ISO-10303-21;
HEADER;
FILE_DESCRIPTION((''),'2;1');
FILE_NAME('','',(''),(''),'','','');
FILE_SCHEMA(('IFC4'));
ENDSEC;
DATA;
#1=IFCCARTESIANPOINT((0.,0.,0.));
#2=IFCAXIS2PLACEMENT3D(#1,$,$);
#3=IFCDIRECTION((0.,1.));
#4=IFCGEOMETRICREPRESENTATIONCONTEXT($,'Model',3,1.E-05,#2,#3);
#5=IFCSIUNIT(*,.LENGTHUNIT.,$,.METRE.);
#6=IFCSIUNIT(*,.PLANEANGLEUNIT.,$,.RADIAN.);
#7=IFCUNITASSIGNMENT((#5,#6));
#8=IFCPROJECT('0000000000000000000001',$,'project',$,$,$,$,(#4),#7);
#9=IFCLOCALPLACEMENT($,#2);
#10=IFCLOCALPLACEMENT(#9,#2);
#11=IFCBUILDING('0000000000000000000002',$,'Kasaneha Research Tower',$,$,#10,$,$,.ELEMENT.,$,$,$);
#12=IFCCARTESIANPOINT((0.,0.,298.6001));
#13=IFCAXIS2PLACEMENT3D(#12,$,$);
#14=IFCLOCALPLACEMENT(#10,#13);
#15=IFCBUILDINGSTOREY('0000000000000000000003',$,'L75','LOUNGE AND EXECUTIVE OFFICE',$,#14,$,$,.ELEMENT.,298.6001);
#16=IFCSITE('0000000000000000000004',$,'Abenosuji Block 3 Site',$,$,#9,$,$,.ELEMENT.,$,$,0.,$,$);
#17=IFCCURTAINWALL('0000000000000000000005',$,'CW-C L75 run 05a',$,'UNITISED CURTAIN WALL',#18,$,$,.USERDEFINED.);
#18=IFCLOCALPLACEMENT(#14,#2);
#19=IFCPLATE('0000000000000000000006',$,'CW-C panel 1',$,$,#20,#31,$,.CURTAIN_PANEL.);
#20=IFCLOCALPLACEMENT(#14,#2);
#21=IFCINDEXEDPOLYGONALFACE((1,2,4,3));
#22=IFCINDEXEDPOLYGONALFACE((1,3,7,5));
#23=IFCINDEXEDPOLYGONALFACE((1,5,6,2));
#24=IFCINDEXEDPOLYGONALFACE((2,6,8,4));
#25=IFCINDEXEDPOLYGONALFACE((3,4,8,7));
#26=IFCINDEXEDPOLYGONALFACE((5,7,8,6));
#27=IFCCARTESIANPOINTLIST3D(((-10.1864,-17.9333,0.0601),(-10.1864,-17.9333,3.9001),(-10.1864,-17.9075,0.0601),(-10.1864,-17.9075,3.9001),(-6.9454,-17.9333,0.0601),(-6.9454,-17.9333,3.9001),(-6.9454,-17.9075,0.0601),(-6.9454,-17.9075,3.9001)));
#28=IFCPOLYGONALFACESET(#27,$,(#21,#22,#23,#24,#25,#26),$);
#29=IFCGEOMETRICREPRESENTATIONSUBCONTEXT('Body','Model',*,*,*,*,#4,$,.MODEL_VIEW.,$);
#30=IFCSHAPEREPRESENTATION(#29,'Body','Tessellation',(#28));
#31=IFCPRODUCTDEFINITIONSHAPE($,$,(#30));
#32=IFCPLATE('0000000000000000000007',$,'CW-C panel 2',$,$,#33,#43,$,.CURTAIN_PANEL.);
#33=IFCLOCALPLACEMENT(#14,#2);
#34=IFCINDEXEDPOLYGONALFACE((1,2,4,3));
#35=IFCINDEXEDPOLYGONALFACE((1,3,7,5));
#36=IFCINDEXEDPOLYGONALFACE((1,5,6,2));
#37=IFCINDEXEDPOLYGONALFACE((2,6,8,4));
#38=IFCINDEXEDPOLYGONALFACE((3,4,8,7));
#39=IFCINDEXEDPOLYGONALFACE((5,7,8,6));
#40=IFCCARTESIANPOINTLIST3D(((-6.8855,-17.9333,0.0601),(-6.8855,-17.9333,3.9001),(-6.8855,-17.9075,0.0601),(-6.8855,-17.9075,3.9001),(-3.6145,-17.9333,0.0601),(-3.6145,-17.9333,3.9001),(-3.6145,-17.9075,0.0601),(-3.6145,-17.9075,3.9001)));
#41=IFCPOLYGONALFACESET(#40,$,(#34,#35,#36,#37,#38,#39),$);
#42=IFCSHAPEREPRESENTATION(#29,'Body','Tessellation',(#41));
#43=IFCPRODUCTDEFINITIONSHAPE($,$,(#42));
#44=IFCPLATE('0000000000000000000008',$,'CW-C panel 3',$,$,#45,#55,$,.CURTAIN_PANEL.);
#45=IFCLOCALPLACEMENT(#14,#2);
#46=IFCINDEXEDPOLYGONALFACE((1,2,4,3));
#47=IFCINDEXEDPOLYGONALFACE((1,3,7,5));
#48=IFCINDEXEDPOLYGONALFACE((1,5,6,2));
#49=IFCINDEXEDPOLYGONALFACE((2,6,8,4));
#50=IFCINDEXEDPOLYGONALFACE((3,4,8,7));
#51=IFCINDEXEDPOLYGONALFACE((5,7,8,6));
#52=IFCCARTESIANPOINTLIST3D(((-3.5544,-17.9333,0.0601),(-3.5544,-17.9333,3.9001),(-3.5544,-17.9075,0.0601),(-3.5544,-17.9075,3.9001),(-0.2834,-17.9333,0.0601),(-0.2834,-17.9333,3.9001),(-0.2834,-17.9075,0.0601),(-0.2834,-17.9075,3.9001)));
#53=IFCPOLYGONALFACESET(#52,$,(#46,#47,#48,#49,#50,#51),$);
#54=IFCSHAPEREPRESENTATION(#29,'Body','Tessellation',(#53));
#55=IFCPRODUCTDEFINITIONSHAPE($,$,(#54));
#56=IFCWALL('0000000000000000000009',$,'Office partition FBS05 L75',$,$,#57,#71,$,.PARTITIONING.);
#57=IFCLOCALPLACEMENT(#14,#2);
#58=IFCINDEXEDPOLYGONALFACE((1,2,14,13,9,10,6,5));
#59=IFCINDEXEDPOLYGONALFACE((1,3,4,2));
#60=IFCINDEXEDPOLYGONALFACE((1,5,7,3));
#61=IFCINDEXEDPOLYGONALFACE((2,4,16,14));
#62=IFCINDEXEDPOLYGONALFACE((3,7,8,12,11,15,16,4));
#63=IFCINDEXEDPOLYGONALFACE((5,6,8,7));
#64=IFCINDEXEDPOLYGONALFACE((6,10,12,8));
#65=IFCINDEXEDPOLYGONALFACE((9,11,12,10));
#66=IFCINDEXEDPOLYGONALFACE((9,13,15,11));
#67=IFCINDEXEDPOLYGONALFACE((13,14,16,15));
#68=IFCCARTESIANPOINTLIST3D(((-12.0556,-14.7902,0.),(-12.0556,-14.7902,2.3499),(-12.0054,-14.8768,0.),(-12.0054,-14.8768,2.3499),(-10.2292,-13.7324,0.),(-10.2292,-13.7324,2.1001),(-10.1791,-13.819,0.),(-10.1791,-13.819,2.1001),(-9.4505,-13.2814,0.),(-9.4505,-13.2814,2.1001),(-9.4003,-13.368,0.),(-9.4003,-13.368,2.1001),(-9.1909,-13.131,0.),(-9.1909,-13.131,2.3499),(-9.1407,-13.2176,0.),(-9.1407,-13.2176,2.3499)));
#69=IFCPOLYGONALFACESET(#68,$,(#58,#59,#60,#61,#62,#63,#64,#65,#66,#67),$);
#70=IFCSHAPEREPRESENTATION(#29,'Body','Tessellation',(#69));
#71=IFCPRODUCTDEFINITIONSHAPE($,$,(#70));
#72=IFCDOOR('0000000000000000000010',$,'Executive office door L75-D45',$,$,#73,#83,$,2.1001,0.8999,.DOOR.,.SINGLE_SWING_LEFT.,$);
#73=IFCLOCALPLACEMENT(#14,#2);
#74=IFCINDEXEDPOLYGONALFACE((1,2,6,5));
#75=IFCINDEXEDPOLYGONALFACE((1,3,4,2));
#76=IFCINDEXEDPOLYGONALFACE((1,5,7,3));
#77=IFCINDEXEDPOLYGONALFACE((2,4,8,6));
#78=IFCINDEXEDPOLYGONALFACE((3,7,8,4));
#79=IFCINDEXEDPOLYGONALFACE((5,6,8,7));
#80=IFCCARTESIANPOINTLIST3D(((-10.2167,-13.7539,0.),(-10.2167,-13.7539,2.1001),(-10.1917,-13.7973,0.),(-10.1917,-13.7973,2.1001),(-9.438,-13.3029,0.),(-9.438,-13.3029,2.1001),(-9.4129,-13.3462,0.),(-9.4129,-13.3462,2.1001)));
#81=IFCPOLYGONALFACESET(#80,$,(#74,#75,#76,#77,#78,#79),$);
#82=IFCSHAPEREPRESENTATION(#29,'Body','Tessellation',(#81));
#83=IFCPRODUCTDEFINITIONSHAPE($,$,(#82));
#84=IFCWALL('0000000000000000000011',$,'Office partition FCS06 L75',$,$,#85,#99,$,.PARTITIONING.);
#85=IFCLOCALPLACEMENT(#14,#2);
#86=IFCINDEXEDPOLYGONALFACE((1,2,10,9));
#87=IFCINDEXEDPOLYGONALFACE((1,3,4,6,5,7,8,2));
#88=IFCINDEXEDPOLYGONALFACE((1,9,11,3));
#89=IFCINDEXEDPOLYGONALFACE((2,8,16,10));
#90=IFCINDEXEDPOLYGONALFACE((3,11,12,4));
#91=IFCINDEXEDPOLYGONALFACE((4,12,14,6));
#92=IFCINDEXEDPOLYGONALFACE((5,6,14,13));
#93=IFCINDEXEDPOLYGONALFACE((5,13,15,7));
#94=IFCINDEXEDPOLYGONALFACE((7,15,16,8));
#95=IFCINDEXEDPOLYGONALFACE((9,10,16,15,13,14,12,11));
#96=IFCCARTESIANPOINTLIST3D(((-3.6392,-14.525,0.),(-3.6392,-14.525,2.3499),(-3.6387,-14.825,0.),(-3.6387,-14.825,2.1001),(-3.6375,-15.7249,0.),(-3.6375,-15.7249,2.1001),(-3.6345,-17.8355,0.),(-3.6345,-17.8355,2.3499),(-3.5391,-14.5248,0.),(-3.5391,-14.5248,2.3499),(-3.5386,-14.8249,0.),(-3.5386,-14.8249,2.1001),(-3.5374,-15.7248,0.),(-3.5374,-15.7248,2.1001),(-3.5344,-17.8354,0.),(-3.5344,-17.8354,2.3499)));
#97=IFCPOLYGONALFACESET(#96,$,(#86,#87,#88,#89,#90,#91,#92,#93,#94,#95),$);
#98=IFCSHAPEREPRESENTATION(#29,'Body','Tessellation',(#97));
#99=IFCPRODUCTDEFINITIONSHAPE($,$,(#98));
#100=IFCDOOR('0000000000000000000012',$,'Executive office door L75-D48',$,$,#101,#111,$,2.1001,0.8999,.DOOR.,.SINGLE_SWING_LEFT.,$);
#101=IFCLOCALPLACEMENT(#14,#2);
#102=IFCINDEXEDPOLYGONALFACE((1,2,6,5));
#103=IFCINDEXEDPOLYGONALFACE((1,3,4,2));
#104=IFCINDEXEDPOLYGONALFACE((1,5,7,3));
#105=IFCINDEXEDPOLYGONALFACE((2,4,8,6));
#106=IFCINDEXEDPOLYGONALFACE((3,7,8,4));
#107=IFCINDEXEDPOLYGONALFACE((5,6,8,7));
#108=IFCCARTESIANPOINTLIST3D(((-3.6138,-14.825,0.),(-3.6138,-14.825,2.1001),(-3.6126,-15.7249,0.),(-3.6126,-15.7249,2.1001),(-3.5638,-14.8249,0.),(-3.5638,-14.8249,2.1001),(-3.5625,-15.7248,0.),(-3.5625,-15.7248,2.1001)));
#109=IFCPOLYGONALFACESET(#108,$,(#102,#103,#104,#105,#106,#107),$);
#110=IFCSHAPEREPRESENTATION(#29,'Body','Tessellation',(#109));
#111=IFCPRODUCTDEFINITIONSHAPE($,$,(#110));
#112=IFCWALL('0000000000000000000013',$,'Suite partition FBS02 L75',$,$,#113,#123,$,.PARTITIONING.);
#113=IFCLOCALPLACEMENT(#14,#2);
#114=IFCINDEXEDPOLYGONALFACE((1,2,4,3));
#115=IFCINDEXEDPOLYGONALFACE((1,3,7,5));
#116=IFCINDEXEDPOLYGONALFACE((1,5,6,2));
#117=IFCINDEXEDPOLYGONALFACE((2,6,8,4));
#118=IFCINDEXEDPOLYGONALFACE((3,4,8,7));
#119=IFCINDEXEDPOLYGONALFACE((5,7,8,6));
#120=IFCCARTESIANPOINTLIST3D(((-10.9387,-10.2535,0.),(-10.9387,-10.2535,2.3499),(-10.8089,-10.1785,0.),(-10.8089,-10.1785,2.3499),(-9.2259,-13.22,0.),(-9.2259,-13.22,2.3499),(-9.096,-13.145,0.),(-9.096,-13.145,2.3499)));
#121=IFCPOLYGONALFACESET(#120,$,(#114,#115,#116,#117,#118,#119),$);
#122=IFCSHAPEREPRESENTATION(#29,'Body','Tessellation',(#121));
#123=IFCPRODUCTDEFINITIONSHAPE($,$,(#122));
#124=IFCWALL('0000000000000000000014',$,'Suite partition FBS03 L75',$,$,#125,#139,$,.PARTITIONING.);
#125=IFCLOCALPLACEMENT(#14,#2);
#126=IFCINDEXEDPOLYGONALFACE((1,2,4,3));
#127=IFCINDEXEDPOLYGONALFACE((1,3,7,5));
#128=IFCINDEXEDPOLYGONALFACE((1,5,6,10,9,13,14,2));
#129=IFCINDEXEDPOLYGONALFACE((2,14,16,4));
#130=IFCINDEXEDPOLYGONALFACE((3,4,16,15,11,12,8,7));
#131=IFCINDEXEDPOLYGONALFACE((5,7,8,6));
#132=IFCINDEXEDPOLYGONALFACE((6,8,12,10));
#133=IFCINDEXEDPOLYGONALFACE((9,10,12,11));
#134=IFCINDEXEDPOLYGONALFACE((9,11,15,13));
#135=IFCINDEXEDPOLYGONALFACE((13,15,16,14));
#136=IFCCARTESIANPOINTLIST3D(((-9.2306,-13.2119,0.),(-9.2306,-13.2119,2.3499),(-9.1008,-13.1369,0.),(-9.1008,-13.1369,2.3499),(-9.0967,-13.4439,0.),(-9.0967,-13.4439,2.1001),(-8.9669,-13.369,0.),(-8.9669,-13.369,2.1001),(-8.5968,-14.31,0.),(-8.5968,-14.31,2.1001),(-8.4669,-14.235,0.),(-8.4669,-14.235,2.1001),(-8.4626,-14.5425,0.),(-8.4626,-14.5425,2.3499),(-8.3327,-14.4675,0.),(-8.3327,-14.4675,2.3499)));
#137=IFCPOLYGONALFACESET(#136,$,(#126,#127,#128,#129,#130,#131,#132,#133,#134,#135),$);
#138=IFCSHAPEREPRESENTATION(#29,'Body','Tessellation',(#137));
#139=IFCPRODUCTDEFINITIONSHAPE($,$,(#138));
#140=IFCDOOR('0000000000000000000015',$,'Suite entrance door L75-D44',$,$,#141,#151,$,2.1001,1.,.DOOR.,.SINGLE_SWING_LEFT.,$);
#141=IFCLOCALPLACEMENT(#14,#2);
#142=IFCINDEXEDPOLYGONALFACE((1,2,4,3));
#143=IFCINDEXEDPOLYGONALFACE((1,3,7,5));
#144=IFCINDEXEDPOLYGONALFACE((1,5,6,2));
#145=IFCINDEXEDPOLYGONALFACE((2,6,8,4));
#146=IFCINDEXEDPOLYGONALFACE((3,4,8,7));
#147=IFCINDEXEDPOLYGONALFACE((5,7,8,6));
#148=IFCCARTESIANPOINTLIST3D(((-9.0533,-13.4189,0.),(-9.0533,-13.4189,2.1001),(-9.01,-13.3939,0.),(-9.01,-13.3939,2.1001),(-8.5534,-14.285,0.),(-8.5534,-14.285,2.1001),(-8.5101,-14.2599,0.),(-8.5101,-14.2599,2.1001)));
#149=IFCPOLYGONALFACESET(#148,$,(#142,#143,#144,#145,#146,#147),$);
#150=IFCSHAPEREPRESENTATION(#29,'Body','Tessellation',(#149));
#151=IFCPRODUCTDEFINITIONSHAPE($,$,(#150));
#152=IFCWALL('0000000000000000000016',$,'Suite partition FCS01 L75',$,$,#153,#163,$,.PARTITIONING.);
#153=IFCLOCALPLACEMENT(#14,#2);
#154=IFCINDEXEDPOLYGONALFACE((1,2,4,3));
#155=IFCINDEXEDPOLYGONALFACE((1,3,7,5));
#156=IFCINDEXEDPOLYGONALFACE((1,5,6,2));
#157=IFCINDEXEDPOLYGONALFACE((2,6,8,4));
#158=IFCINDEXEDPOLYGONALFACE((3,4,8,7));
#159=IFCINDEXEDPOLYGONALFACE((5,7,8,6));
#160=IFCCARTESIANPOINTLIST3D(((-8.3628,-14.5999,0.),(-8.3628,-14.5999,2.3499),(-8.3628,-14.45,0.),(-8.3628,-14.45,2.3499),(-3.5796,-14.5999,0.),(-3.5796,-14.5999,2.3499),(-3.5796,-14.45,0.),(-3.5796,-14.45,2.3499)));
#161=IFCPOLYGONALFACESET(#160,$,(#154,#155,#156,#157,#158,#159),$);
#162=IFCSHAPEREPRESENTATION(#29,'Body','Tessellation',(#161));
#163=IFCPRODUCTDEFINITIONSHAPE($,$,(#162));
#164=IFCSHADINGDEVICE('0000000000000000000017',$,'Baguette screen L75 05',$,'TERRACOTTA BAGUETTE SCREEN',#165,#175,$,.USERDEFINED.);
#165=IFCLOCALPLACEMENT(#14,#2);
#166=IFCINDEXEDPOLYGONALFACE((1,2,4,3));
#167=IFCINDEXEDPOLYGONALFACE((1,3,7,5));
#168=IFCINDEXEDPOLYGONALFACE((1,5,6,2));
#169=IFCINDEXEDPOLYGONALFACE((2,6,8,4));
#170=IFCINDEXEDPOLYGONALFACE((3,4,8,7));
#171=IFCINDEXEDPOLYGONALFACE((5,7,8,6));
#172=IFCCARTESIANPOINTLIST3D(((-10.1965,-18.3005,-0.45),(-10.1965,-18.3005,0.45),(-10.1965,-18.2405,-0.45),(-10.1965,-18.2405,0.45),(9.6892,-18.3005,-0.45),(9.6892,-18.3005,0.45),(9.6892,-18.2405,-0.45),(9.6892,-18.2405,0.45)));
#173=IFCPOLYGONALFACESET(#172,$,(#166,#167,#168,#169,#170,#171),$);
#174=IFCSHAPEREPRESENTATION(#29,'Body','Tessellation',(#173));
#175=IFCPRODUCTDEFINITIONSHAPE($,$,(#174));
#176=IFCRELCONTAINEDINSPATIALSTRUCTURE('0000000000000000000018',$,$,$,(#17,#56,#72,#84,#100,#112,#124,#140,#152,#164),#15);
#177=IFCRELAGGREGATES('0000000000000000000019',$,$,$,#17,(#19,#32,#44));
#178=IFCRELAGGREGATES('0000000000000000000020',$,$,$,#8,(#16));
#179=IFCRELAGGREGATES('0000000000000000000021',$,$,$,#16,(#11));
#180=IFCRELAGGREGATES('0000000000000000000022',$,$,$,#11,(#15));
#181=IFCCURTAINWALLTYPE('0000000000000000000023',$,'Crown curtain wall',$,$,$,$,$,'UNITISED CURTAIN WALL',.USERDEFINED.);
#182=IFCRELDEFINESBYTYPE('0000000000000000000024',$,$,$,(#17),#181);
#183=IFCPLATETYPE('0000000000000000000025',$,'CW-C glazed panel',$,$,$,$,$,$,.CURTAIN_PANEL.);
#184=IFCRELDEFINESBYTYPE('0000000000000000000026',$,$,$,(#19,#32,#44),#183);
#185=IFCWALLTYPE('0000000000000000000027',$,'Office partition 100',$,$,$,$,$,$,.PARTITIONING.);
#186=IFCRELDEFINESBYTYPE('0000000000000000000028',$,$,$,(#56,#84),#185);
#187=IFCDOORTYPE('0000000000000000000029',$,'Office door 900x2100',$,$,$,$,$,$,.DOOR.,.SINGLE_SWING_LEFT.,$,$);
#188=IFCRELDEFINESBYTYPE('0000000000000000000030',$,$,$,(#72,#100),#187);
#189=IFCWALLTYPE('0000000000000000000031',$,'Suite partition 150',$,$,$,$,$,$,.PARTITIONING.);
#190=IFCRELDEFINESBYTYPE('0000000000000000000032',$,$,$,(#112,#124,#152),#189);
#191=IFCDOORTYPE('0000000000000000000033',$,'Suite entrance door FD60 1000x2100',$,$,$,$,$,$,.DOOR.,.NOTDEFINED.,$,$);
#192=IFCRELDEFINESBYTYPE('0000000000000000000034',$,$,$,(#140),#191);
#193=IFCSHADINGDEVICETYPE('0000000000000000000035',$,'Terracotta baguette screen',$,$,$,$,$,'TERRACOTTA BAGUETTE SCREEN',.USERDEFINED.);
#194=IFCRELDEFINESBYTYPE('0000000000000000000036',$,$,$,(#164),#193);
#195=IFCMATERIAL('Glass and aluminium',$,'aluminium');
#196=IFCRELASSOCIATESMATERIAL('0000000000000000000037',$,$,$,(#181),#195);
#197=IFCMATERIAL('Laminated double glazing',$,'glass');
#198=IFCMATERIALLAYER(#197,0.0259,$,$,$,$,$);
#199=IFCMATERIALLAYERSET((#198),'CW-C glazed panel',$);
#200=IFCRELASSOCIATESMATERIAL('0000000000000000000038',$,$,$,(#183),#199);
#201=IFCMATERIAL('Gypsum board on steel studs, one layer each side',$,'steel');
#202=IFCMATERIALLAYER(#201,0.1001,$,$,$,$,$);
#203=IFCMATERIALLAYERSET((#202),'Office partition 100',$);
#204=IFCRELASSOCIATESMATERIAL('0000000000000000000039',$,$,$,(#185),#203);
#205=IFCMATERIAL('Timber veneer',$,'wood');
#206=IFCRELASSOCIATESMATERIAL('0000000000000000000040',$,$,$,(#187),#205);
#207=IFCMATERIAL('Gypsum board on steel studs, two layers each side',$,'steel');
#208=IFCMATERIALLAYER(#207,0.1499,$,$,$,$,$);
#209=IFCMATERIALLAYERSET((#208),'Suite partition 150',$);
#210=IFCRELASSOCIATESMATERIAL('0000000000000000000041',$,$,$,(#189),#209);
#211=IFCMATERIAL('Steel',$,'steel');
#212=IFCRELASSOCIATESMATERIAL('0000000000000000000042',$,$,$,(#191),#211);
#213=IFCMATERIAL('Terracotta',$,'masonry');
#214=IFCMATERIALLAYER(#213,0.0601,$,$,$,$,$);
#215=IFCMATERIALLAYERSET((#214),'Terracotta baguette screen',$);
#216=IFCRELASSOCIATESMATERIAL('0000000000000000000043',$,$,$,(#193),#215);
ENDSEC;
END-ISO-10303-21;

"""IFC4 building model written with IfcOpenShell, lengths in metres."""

from ifc_helpers import new_model, si_unit, direction, frame, frame_2d, origin, origin_2d, place, context, subcontext, project, spatial, rectangle, extrude, material, layer, layer_set, type_object, element, fill, aggregate, save


model = new_model("IFC4")

# Units and contexts
model_context = context("Model", 3, precision=1e-05, world=origin(), true_north=direction((0.0, 1.0)))
body_context = subcontext(model_context, "Body", "Model", "MODEL_VIEW")
ifc_project = project(units=[si_unit("LENGTHUNIT", "METRE"), si_unit("PLANEANGLEUNIT", "RADIAN")], contexts=[model_context])

# Site, building, storey
site_placement = place(None, origin())
site = spatial("IfcSite", under=ifc_project, at=site_placement, Name="Abenosuji Block 3 Site", CompositionType="ELEMENT", RefElevation=0.0)
building_placement = place(site_placement, origin())
building = spatial("IfcBuilding", under=site, at=building_placement, Name="Kasaneha Research Tower", CompositionType="ELEMENT")
storey_placement = place(building_placement, frame((0.0, 0.0, 298.6001)))
storey = spatial("IfcBuildingStorey", under=building, at=storey_placement, Name="L75", Description="LOUNGE AND EXECUTIVE OFFICE", CompositionType="ELEMENT", Elevation=298.6001)

# Curtain wall
ifc_material_1 = material(Name="Glass and aluminium", Category="aluminium")
curtain_wall_type = type_object("IfcCurtainWallType", Name="Crown curtain wall", ElementType="UNITISED CURTAIN WALL", PredefinedType="USERDEFINED", material=ifc_material_1)
curtain_wall_placement = place(storey_placement, origin())
curtain_wall = element("IfcCurtainWall", 1, at=curtain_wall_placement, inside=storey, type_object=curtain_wall_type, Name="CW-C L75 run 05a", ObjectType="UNITISED CURTAIN WALL", PredefinedType="USERDEFINED")

# Plates
ifc_material_2 = material(Name="Laminated double glazing", Category="glass")
ifc_layer_1 = layer(ifc_material_2, 0.0259)
ifc_layer_set_1 = layer_set([ifc_layer_1], Name="CW-C glazed panel")
plate_type = type_object("IfcPlateType", Name="CW-C glazed panel", PredefinedType="CURTAIN_PANEL", material=ifc_layer_set_1)
plate_1_placement = place(storey_placement, frame((-8.5659, -17.9204, 0.0601), z_axis=(0.0, 0.0, 1.0), x_axis=(1.0, 0.0, 0.0)))
plate_1 = element("IfcPlate", 2, at=plate_1_placement, type_object=plate_type, Name="CW-C panel 1", PredefinedType="CURTAIN_PANEL", context=body_context, shape_type="SweptSolid", body=[
    extrude(rectangle(XDim=3.241, YDim=0.0259, at=origin_2d()), origin(), (0.0, 0.0, 1.0), 3.8401),
])
plate_2_placement = place(storey_placement, frame((-5.25, -17.9204, 0.0601), z_axis=(0.0, 0.0, 1.0), x_axis=(1.0, 0.0, 0.0)))
plate_2 = element("IfcPlate", 3, at=plate_2_placement, type_object=plate_type, Name="CW-C panel 2", PredefinedType="CURTAIN_PANEL", context=body_context, shape_type="SweptSolid", body=[
    extrude(rectangle(XDim=3.271, YDim=0.0259, at=origin_2d()), origin(), (0.0, 0.0, 1.0), 3.8401),
])
plate_3_placement = place(storey_placement, frame((-1.9189, -17.9204, 0.0601), z_axis=(0.0, 0.0, 1.0), x_axis=(1.0, 0.0, 0.0)))
plate_3 = element("IfcPlate", 4, at=plate_3_placement, type_object=plate_type, Name="CW-C panel 3", PredefinedType="CURTAIN_PANEL", context=body_context, shape_type="SweptSolid", body=[
    extrude(rectangle(XDim=3.271, YDim=0.0259, at=origin_2d()), origin(), (0.0, 0.0, 1.0), 3.8401),
])
aggregate(curtain_wall, [plate_1, plate_2, plate_3])

# Walls, openings, doors
ifc_material_3 = material(Name="Gypsum board on steel studs, one layer each side", Category="steel")
ifc_layer_2 = layer(ifc_material_3, 0.1001)
ifc_layer_set_2 = layer_set([ifc_layer_2], Name="Office partition 100")
wall_type_1 = type_object("IfcWallType", Name="Office partition 100", PredefinedType="PARTITIONING", material=ifc_layer_set_2)
wall_1_placement = place(storey_placement, frame((-9.1658, -13.1743, 0.0), z_axis=(0.0, 0.0, 1.0), x_axis=(-0.865342, -0.501182, 0.0)))
wall_1 = element("IfcWall", 5, at=wall_1_placement, inside=storey, type_object=wall_type_1, Name="Office partition FBS05 L75", PredefinedType="PARTITIONING", context=body_context, shape_type="SweptSolid", body=[
    extrude(rectangle(XDim=3.3105, YDim=0.1001, at=frame_2d((1.6553, 0.0))), origin(), (0.0, 0.0, 1.0), 2.3499),
])
opening_1_placement = place(wall_1_placement, frame((0.3, 0.0, 0.0)))
opening_1 = element("IfcOpeningElement", 6, at=opening_1_placement, cuts=wall_1, PredefinedType="OPENING", context=body_context, shape_type="SweptSolid", body=[
    extrude(rectangle(XDim=0.8999, YDim=2.1001, at=frame_2d((0.45, 1.05))), frame((0.0, 0.0601, 0.0), z_axis=(0.0, -1.0, 0.0), x_axis=(1.0, 0.0, 0.0)), (0.0, 0.0, 1.0), 0.1201),
])
ifc_material_4 = material(Name="Timber veneer", Category="wood")
door_type_1 = type_object("IfcDoorType", Name="Office door 900x2100", OperationType="SINGLE_SWING_LEFT", PredefinedType="DOOR", material=ifc_material_4)
door_1_placement = place(opening_1_placement, origin())
door_1 = element("IfcDoor", 7, at=door_1_placement, inside=storey, type_object=door_type_1, Name="Executive office door L75-D45", OperationType="SINGLE_SWING_LEFT", OverallHeight=2.1001, OverallWidth=0.8999, PredefinedType="DOOR", context=body_context, shape_type="SweptSolid", body=[
    extrude(rectangle(XDim=0.8999, YDim=2.1001, at=frame_2d((0.45, 1.05))), frame((0.0, 0.0249, 0.0), z_axis=(0.0, -1.0, 0.0), x_axis=(1.0, 0.0, 0.0)), (0.0, 0.0, 1.0), 0.05),
])
fill(opening_1, door_1)
wall_2_placement = place(storey_placement, frame((-3.5891, -14.5249, 0.0), z_axis=(0.0, 0.0, 1.0), x_axis=(0.001401, -0.999999, 0.0)))
wall_2 = element("IfcWall", 8, at=wall_2_placement, inside=storey, type_object=wall_type_1, Name="Office partition FCS06 L75", PredefinedType="PARTITIONING", context=body_context, shape_type="SweptSolid", body=[
    extrude(rectangle(XDim=3.3105, YDim=0.1001, at=frame_2d((1.6553, 0.0))), origin(), (0.0, 0.0, 1.0), 2.3499),
])
opening_2_placement = place(wall_2_placement, frame((0.3, 0.0, 0.0)))
opening_2 = element("IfcOpeningElement", 9, at=opening_2_placement, cuts=wall_2, PredefinedType="OPENING", context=body_context, shape_type="SweptSolid", body=[
    extrude(rectangle(XDim=0.8999, YDim=2.1001, at=frame_2d((0.45, 1.05))), frame((0.0, 0.0601, 0.0), z_axis=(0.0, -1.0, 0.0), x_axis=(1.0, 0.0, 0.0)), (0.0, 0.0, 1.0), 0.1201),
])
door_2_placement = place(opening_2_placement, origin())
door_2 = element("IfcDoor", 10, at=door_2_placement, inside=storey, type_object=door_type_1, Name="Executive office door L75-D48", OperationType="SINGLE_SWING_LEFT", OverallHeight=2.1001, OverallWidth=0.8999, PredefinedType="DOOR", context=body_context, shape_type="SweptSolid", body=[
    extrude(rectangle(XDim=0.8999, YDim=2.1001, at=frame_2d((0.45, 1.05))), frame((0.0, 0.0249, 0.0), z_axis=(0.0, -1.0, 0.0), x_axis=(1.0, 0.0, 0.0)), (0.0, 0.0, 1.0), 0.05),
])
fill(opening_2, door_2)

# Wall
ifc_material_5 = material(Name="Gypsum board on steel studs, two layers each side", Category="steel")
ifc_layer_3 = layer(ifc_material_5, 0.1499)
ifc_layer_set_3 = layer_set([ifc_layer_3], Name="Suite partition 150")
wall_type_2 = type_object("IfcWallType", Name="Suite partition 150", PredefinedType="PARTITIONING", material=ifc_layer_set_3)
wall_3_placement = place(storey_placement, frame((-9.1609, -13.1826, 0.0), z_axis=(0.0, 0.0, 1.0), x_axis=(-0.500033, 0.866006, 0.0)))
element("IfcWall", 11, at=wall_3_placement, inside=storey, type_object=wall_type_2, Name="Suite partition FBS02 L75", PredefinedType="PARTITIONING", context=body_context, shape_type="SweptSolid", body=[
    extrude(rectangle(XDim=3.4255, YDim=0.1499, at=frame_2d((1.7129, 0.0))), origin(), (0.0, 0.0, 1.0), 2.3499),
])

# Wall, opening, door
wall_4_placement = place(storey_placement, frame((-8.3977, -14.5049, 0.0), z_axis=(0.0, 0.0, 1.0), x_axis=(-0.499933, 0.866064, 0.0)))
wall_4 = element("IfcWall", 12, at=wall_4_placement, inside=storey, type_object=wall_type_2, Name="Suite partition FBS03 L75", PredefinedType="PARTITIONING", context=body_context, shape_type="SweptSolid", body=[
    extrude(rectangle(XDim=1.5364, YDim=0.1499, at=frame_2d((0.7681, 0.0))), origin(), (0.0, 0.0, 1.0), 2.3499),
])
opening_3_placement = place(wall_4_placement, frame((0.2683, 0.0, 0.0)))
opening_3 = element("IfcOpeningElement", 13, at=opening_3_placement, cuts=wall_4, PredefinedType="OPENING", context=body_context, shape_type="SweptSolid", body=[
    extrude(rectangle(XDim=1.0, YDim=2.1001, at=frame_2d((0.5, 1.05))), frame((0.0, 0.085, 0.0), z_axis=(0.0, -1.0, 0.0), x_axis=(1.0, 0.0, 0.0)), (0.0, 0.0, 1.0), 0.1699),
])
ifc_material_6 = material(Name="Steel", Category="steel")
door_type_2 = type_object("IfcDoorType", Name="Suite entrance door FD60 1000x2100", OperationType="NOTDEFINED", PredefinedType="DOOR", material=ifc_material_6)
door_3_placement = place(opening_3_placement, origin())
door_3 = element("IfcDoor", 14, at=door_3_placement, inside=storey, type_object=door_type_2, Name="Suite entrance door L75-D44", OperationType="SINGLE_SWING_LEFT", OverallHeight=2.1001, OverallWidth=1.0, PredefinedType="DOOR", context=body_context, shape_type="SweptSolid", body=[
    extrude(rectangle(XDim=1.0, YDim=2.1001, at=frame_2d((0.5, 1.05))), frame((0.0, 0.0249, 0.0), z_axis=(0.0, -1.0, 0.0), x_axis=(1.0, 0.0, 0.0)), (0.0, 0.0, 1.0), 0.05),
])
fill(opening_3, door_3)

# Wall
wall_5_placement = place(storey_placement, frame((-3.5796, -14.5249, 0.0), z_axis=(0.0, 0.0, 1.0), x_axis=(-1.0, 0.0, 0.0)))
element("IfcWall", 15, at=wall_5_placement, inside=storey, type_object=wall_type_2, Name="Suite partition FCS01 L75", PredefinedType="PARTITIONING", context=body_context, shape_type="SweptSolid", body=[
    extrude(rectangle(XDim=4.7832, YDim=0.1499, at=frame_2d((2.3916, 0.0))), origin(), (0.0, 0.0, 1.0), 2.3499),
])

# Shading device
ifc_material_7 = material(Name="Terracotta", Category="masonry")
ifc_layer_4 = layer(ifc_material_7, 0.0601)
ifc_layer_set_4 = layer_set([ifc_layer_4], Name="Terracotta baguette screen")
shading_device_type = type_object("IfcShadingDeviceType", Name="Terracotta baguette screen", ElementType="TERRACOTTA BAGUETTE SCREEN", PredefinedType="USERDEFINED", material=ifc_layer_set_4)
shading_device_placement = place(storey_placement, frame((-0.2537, -18.2705, -0.45), z_axis=(0.0, 0.0, 1.0), x_axis=(1.0, 0.0, 0.0)))
element("IfcShadingDevice", 16, at=shading_device_placement, inside=storey, type_object=shading_device_type, Name="Baguette screen L75 05", ObjectType="TERRACOTTA BAGUETTE SCREEN", PredefinedType="USERDEFINED", context=body_context, shape_type="SweptSolid", body=[
    extrude(rectangle(XDim=19.8857, YDim=0.0601, at=origin_2d()), origin(), (0.0, 0.0, 1.0), 0.8999),
])

save(model, "model.ifc")
